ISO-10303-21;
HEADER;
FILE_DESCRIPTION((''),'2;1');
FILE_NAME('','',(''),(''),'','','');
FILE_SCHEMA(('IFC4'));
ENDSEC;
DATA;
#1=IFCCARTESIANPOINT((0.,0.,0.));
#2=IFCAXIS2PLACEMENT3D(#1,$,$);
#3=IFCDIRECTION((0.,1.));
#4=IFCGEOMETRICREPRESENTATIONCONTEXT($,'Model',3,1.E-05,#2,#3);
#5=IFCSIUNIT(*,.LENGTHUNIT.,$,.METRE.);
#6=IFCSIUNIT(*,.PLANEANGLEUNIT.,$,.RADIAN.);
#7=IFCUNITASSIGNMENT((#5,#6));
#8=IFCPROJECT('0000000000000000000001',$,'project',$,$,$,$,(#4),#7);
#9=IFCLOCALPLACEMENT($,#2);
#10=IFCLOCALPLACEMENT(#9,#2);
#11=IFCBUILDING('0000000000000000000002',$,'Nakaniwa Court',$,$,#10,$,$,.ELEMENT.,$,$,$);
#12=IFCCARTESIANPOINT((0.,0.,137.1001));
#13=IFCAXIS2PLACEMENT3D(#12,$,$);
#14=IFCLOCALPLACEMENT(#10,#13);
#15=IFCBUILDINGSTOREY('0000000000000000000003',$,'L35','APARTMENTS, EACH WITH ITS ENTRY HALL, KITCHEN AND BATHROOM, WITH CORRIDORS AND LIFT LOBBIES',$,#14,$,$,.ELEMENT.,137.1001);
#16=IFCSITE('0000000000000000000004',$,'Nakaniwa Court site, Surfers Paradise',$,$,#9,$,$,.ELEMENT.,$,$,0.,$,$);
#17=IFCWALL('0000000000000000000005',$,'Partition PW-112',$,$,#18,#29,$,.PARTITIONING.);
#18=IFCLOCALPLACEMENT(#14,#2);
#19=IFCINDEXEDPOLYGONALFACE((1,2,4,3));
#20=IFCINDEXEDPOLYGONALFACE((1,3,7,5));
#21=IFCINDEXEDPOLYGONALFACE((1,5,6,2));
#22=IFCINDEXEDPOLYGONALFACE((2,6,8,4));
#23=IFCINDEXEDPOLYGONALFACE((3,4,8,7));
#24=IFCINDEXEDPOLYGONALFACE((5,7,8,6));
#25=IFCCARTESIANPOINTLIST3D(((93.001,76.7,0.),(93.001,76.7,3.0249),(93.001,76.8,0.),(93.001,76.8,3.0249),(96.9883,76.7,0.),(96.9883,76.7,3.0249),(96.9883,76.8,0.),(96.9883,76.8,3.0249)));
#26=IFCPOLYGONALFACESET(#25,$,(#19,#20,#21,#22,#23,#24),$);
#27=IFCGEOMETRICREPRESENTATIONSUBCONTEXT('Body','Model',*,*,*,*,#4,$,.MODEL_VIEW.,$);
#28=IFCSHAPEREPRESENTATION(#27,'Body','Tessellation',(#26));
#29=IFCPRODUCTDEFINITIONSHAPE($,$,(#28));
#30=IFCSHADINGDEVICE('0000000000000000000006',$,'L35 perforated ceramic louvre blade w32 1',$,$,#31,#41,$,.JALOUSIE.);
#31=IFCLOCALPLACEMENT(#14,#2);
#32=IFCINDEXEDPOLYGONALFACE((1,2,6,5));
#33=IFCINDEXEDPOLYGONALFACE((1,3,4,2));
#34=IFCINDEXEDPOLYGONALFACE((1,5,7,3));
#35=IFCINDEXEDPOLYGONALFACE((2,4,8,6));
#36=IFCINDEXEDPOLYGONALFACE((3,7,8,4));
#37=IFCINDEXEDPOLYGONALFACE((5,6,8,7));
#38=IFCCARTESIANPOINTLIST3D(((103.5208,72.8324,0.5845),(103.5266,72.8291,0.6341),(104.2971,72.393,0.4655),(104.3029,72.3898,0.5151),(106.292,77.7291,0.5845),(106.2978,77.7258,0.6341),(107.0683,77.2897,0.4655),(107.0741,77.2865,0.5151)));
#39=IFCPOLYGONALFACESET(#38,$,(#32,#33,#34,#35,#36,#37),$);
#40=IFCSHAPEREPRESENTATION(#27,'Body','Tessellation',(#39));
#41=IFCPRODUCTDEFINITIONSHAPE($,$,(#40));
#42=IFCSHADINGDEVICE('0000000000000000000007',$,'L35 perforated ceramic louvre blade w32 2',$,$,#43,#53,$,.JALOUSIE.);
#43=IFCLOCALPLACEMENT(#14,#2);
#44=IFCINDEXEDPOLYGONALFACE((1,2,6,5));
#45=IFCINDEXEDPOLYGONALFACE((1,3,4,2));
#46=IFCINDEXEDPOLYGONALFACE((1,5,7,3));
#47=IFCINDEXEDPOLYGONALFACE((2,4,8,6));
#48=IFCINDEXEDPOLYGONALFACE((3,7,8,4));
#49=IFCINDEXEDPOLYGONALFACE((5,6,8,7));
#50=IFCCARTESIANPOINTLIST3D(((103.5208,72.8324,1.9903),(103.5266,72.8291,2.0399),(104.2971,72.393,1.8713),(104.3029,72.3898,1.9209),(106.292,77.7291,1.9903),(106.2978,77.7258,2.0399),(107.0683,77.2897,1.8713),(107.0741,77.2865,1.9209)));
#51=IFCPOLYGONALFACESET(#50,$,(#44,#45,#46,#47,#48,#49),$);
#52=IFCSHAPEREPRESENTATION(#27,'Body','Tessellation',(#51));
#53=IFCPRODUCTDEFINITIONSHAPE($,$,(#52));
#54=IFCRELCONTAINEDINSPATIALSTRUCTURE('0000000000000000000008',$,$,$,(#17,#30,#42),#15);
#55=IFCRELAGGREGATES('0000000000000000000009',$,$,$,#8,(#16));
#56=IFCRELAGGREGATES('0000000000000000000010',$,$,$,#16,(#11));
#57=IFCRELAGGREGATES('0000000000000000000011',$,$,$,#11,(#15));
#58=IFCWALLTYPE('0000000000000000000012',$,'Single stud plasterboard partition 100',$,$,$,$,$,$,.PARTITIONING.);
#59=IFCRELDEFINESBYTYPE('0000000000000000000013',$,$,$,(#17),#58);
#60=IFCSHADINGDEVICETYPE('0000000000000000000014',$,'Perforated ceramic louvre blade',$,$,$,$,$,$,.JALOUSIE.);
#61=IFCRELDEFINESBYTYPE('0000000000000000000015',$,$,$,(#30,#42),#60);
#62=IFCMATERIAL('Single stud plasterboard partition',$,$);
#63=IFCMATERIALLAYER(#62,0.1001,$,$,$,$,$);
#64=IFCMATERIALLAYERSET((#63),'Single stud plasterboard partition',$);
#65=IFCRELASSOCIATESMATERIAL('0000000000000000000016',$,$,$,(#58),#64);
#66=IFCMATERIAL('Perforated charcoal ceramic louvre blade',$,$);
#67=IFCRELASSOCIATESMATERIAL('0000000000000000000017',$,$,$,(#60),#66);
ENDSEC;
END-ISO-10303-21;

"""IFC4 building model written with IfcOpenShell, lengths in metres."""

from ifc_helpers import new_model, si_unit, direction, frame, frame_2d, origin, origin_2d, place, context, subcontext, project, spatial, rectangle, extrude, material, layer, layer_set, material_profile, profile_set, type_object, element, save


model = new_model("IFC4")

# Units and contexts
model_context = context("Model", 3, precision=1e-05, world=origin(), true_north=direction((0.0, 1.0)))
body_context = subcontext(model_context, "Body", "Model", "MODEL_VIEW")
ifc_project = project(units=[si_unit("LENGTHUNIT", "METRE"), si_unit("PLANEANGLEUNIT", "RADIAN")], contexts=[model_context])

# Site, building, storey
site_placement = place(None, origin())
site = spatial("IfcSite", under=ifc_project, at=site_placement, Name="Nakaniwa Court site, Surfers Paradise", CompositionType="ELEMENT", RefElevation=0.0)
building_placement = place(site_placement, origin())
building = spatial("IfcBuilding", under=site, at=building_placement, Name="Nakaniwa Court", CompositionType="ELEMENT")
storey_placement = place(building_placement, frame((0.0, 0.0, 137.1001)))
storey = spatial("IfcBuildingStorey", under=building, at=storey_placement, Name="L35", Description="APARTMENTS, EACH WITH ITS ENTRY HALL, KITCHEN AND BATHROOM, WITH CORRIDORS AND LIFT LOBBIES", CompositionType="ELEMENT", Elevation=137.1001)

# Wall
ifc_material_1 = material(Name="Single stud plasterboard partition")
ifc_layer_1 = layer(ifc_material_1, 0.1001)
ifc_layer_set_1 = layer_set([ifc_layer_1], Name="Single stud plasterboard partition")
wall_type_1 = type_object("IfcWallType", Name="Single stud plasterboard partition 100", PredefinedType="PARTITIONING", material=ifc_layer_set_1)
wall_1_placement = place(storey_placement, frame((93.001, 76.75, 0.0), z_axis=(0.0, 0.0, 1.0), x_axis=(1.0, 0.0, 0.0)))
element("IfcWall", 1, at=wall_1_placement, inside=storey, type_object=wall_type_1, Name="Partition PW-112", PredefinedType="PARTITIONING", context=body_context, shape_type="SweptSolid", body=[
    extrude(rectangle(XDim=3.9873, YDim=0.1001, at=frame_2d((1.9937, 0.0))), origin(), (0.0, 0.0, 1.0), 3.0249),
])

# Shading devices
ifc_material_2 = material(Name="Perforated charcoal ceramic louvre blade")
ifc_material_profile_1 = material_profile(ifc_material_2, rectangle(XDim=0.8999, YDim=0.05, at=origin_2d()), Name="Perforated ceramic louvre blade")
ifc_profile_set_1 = profile_set([ifc_material_profile_1], Name="Perforated charcoal ceramic louvre blade")
shading_device_type = type_object("IfcShadingDeviceType", Name="Perforated ceramic louvre blade", PredefinedType="JALOUSIE", material=ifc_profile_set_1)
for number, where, z_axis, x_axis, name in (
    (2, (103.9119, 72.6111, 0.5498), (0.492532, 0.870294, 0.0), (-0.862649, 0.488205, 0.132256), "L35 perforated ceramic louvre blade w32 1"),
    (3, (103.9119, 72.6111, 1.9556), (0.492532, 0.870294, 0.0), (-0.862649, 0.488205, 0.132256), "L35 perforated ceramic louvre blade w32 2"),
):
    element("IfcShadingDevice", number, at=place(storey_placement, frame(where, z_axis=z_axis, x_axis=x_axis)), inside=storey, type_object=shading_device_type, Name=name, PredefinedType="JALOUSIE", context=body_context, shape_type="SweptSolid", body=[
        extrude(rectangle(XDim=0.8999, YDim=0.05, at=origin_2d()), origin(), (0.0, 0.0, 1.0), 5.6265),
    ])

save(model, "model.ifc")
